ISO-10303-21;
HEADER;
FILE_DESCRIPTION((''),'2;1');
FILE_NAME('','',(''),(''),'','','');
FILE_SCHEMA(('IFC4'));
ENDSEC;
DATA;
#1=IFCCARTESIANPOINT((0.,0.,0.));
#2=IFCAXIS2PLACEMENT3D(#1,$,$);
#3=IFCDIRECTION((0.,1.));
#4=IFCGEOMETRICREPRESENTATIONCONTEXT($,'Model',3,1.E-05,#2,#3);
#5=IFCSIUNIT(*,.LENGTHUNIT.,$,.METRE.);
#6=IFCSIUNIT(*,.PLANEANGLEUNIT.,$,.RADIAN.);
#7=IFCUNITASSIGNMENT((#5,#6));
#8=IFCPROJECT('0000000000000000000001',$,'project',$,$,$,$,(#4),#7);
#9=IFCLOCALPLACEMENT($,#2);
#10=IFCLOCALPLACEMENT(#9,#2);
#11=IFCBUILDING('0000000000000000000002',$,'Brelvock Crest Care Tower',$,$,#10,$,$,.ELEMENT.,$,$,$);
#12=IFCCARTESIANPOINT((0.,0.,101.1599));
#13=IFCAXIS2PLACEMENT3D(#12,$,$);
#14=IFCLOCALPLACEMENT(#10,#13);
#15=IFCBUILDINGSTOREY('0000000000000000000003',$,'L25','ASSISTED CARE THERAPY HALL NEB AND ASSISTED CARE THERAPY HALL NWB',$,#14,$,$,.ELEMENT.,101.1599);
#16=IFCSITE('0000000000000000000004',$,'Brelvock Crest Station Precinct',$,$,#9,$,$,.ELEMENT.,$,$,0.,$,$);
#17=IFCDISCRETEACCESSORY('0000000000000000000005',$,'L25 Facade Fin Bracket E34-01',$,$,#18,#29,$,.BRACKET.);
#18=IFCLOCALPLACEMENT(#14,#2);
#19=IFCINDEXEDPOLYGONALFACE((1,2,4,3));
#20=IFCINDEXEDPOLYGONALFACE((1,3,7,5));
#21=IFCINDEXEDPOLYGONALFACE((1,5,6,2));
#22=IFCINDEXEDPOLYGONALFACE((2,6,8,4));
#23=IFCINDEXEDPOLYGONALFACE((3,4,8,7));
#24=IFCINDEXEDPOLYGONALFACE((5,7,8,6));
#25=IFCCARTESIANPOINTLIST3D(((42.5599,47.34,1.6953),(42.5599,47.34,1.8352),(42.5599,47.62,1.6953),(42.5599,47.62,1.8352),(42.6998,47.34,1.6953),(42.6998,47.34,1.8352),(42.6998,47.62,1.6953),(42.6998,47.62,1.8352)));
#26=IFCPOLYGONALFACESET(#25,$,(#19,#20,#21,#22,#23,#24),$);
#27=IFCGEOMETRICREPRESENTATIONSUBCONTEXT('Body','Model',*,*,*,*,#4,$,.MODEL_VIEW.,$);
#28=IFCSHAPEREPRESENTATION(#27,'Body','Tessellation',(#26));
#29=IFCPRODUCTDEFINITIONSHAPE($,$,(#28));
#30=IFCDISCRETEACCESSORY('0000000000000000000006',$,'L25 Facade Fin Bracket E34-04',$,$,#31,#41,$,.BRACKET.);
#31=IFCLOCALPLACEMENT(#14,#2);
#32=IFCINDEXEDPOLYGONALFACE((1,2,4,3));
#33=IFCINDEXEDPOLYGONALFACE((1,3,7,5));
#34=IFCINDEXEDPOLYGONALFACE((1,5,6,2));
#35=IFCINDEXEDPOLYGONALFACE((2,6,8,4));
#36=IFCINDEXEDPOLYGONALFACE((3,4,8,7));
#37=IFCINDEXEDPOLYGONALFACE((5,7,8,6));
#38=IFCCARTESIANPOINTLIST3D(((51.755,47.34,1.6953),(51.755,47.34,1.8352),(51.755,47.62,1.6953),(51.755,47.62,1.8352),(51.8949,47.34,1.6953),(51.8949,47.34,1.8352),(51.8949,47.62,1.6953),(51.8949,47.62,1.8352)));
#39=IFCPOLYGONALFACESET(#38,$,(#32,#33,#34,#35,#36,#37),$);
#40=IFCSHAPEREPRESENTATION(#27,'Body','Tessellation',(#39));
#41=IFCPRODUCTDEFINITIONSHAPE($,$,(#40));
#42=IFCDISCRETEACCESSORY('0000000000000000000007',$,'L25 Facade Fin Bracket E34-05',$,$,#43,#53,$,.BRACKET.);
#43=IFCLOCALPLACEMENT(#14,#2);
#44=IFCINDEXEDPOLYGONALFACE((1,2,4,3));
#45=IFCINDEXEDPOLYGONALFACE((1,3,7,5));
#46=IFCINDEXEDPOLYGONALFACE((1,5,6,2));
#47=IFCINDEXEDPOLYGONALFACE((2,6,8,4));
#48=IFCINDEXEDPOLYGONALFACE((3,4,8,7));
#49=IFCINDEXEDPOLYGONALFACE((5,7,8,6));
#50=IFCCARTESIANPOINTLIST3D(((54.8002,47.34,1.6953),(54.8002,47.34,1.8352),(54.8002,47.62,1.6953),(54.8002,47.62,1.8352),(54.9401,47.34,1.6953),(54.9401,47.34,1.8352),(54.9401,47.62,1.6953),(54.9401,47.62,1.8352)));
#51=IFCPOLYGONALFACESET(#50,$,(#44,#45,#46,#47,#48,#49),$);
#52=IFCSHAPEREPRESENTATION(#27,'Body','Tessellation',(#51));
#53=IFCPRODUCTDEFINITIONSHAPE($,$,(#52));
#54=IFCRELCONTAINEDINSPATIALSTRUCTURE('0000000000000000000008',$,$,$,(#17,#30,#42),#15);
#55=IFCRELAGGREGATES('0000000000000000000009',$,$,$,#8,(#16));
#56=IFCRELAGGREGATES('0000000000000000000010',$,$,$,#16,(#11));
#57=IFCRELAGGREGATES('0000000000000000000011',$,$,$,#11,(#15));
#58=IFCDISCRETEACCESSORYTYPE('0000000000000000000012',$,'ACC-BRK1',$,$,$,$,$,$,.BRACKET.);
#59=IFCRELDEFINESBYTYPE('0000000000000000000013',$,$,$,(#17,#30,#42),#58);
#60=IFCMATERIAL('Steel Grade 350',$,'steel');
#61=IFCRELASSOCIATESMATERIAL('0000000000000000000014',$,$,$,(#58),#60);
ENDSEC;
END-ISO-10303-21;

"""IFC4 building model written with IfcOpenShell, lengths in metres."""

from ifc_helpers import new_model, si_unit, direction, frame, origin, origin_2d, place, context, subcontext, project, spatial, rectangle, extrude, source, transform, mapped, material, type_object, element, save


model = new_model("IFC4")

# Units and contexts
model_context = context("Model", 3, precision=1e-05, world=origin(), true_north=direction((0.0, 1.0)))
body_context = subcontext(model_context, "Body", "Model", "MODEL_VIEW")
ifc_project = project(units=[si_unit("LENGTHUNIT", "METRE"), si_unit("PLANEANGLEUNIT", "RADIAN")], contexts=[model_context])

# Site, building, storey
site_placement = place(None, origin())
site = spatial("IfcSite", under=ifc_project, at=site_placement, Name="Brelvock Crest Station Precinct", CompositionType="ELEMENT", RefElevation=0.0)
building_placement = place(site_placement, origin())
building = spatial("IfcBuilding", under=site, at=building_placement, Name="Brelvock Crest Care Tower", CompositionType="ELEMENT")
storey_placement = place(building_placement, frame((0.0, 0.0, 101.1599)))
storey = spatial("IfcBuildingStorey", under=building, at=storey_placement, Name="L25", Description="ASSISTED CARE THERAPY HALL NEB AND ASSISTED CARE THERAPY HALL NWB", CompositionType="ELEMENT", Elevation=101.1599)

# Discrete accessories
ifc_material_1 = material(Name="Steel Grade 350", Category="steel")
discrete_accessory_type = type_object("IfcDiscreteAccessoryType", Name="ACC-BRK1", PredefinedType="BRACKET", material=ifc_material_1)
shared_shape_1 = source(origin(), body_context, "Body", "SweptSolid", [
    extrude(rectangle(XDim=0.28, YDim=0.1399, at=origin_2d()), origin(), (0.0, 0.0, 1.0), 0.1399),
])
for number, where, z_axis, x_axis, name in (
    (1, (42.6299, 47.48, 1.6953), (0.0, 0.0, 1.0), (0.0, 1.0, 0.0), "L25 Facade Fin Bracket E34-01"),
    (2, (51.825, 47.48, 1.6953), (0.0, 0.0, 1.0), (0.0, 1.0, 0.0), "L25 Facade Fin Bracket E34-04"),
    (3, (54.8701, 47.48, 1.6953), (0.0, 0.0, 1.0), (0.0, 1.0, 0.0), "L25 Facade Fin Bracket E34-05"),
):
    element("IfcDiscreteAccessory", number, at=place(storey_placement, frame(where, z_axis=z_axis, x_axis=x_axis)), inside=storey, type_object=discrete_accessory_type, Name=name, PredefinedType="BRACKET", context=body_context, shape_type="MappedRepresentation", body=[
        mapped(shared_shape_1, transform((0.0, 0.0, 0.0), x_axis=(1.0, 0.0, 0.0), y_axis=(0.0, 1.0, 0.0), z_axis=(0.0, 0.0, 1.0), scale=1.0)),
    ])

save(model, "model.ifc")
